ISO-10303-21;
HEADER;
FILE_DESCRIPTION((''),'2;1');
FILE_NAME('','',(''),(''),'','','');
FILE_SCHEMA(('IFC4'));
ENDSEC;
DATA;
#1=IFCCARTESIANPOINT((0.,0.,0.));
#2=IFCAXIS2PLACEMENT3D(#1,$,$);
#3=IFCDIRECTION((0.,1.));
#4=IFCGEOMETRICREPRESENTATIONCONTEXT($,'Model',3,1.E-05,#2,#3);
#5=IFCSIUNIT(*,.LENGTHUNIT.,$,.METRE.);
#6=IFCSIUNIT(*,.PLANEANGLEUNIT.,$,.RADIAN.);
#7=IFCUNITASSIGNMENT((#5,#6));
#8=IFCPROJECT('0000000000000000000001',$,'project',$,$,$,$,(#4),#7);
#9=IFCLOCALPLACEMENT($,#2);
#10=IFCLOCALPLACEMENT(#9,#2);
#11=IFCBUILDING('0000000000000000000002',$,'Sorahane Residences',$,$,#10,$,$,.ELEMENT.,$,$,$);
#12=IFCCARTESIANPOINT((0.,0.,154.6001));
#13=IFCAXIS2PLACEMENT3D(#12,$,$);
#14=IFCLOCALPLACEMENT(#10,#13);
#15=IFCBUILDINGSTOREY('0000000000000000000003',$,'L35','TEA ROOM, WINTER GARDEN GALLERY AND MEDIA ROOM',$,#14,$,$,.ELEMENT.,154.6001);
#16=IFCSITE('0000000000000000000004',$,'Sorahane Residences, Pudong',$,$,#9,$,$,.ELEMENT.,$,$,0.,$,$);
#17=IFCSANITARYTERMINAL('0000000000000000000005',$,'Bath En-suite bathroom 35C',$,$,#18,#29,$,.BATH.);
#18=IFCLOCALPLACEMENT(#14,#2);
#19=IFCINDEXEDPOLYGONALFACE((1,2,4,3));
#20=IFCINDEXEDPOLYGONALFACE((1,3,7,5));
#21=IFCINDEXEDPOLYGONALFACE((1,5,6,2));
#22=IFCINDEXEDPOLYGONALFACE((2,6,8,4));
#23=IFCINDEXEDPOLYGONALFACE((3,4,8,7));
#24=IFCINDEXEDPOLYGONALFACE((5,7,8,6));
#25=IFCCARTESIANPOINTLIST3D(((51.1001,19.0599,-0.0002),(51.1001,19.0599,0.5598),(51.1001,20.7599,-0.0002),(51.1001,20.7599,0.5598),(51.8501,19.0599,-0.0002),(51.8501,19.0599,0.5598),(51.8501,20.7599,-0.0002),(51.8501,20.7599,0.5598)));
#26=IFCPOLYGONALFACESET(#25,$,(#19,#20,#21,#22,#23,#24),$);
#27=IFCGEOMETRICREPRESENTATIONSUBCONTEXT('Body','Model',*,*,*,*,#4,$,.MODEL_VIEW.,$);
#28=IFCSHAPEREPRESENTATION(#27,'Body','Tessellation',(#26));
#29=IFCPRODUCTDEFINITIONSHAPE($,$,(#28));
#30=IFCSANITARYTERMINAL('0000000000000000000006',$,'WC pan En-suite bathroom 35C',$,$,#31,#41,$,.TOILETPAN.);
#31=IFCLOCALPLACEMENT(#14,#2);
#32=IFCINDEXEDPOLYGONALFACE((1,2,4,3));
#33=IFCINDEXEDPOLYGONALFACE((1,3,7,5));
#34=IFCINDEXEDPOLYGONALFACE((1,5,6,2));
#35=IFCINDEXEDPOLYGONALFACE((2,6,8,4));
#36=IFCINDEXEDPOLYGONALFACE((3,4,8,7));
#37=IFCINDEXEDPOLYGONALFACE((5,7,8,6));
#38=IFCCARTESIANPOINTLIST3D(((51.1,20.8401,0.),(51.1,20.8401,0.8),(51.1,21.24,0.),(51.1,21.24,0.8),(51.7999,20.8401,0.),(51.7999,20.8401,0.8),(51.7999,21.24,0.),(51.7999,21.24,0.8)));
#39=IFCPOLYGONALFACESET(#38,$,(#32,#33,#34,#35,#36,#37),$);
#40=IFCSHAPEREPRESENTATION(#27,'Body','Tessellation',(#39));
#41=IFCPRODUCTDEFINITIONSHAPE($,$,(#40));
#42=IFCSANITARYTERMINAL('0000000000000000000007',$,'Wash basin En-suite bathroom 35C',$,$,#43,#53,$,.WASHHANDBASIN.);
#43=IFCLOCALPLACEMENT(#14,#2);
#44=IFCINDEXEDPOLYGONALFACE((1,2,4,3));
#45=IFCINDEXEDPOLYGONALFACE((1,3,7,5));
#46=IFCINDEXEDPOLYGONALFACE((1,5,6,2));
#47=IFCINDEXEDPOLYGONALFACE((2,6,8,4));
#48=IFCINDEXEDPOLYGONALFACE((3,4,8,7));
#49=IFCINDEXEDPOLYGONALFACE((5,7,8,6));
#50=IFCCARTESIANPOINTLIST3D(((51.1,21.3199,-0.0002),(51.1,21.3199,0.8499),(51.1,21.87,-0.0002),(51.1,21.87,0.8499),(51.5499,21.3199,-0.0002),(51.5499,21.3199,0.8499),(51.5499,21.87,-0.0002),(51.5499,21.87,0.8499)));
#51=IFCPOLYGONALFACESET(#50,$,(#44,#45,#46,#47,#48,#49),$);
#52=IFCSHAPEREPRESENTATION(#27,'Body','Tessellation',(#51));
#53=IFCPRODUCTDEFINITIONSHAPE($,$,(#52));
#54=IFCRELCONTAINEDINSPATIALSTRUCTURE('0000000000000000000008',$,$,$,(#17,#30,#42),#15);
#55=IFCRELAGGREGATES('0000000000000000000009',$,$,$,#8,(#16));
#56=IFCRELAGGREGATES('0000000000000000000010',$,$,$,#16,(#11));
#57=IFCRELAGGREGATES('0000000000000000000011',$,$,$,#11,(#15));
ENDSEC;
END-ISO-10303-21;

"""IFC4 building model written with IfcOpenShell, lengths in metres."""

from ifc_helpers import new_model, si_unit, direction, frame, origin, origin_2d, place, context, subcontext, project, spatial, rectangle, extrude, element, save


model = new_model("IFC4")

# Units and contexts
model_context = context("Model", 3, precision=1e-05, world=origin(), true_north=direction((0.0, 1.0)))
body_context = subcontext(model_context, "Body", "Model", "MODEL_VIEW")
ifc_project = project(units=[si_unit("LENGTHUNIT", "METRE"), si_unit("PLANEANGLEUNIT", "RADIAN")], contexts=[model_context])

# Site, building, storey
site_placement = place(None, origin())
site = spatial("IfcSite", under=ifc_project, at=site_placement, Name="Sorahane Residences, Pudong", CompositionType="ELEMENT", RefElevation=0.0)
building_placement = place(site_placement, origin())
building = spatial("IfcBuilding", under=site, at=building_placement, Name="Sorahane Residences", CompositionType="ELEMENT")
storey_placement = place(building_placement, frame((0.0, 0.0, 154.6001)))
storey = spatial("IfcBuildingStorey", under=building, at=storey_placement, Name="L35", Description="TEA ROOM, WINTER GARDEN GALLERY AND MEDIA ROOM", CompositionType="ELEMENT", Elevation=154.6001)

# Sanitary terminals
sanitary_terminal_1_placement = place(storey_placement, frame((51.4751, 19.9099, -0.0002), z_axis=(0.0, 0.0, 1.0), x_axis=(0.0, 1.0, 0.0)))
element("IfcSanitaryTerminal", 1, at=sanitary_terminal_1_placement, inside=storey, Name="Bath En-suite bathroom 35C", PredefinedType="BATH", context=body_context, shape_type="SweptSolid", body=[
    extrude(rectangle(XDim=1.7, YDim=0.75, at=origin_2d()), origin(), (0.0, 0.0, 1.0), 0.5601),
])
sanitary_terminal_2_placement = place(storey_placement, frame((51.45, 21.04, 0.0), z_axis=(0.0, 0.0, 1.0), x_axis=(0.0, 1.0, 0.0)))
element("IfcSanitaryTerminal", 2, at=sanitary_terminal_2_placement, inside=storey, Name="WC pan En-suite bathroom 35C", PredefinedType="TOILETPAN", context=body_context, shape_type="SweptSolid", body=[
    extrude(rectangle(XDim=0.3999, YDim=0.7, at=origin_2d()), origin(), (0.0, 0.0, 1.0), 0.8),
])
sanitary_terminal_3_placement = place(storey_placement, frame((51.325, 21.595, -0.0002), z_axis=(0.0, 0.0, 1.0), x_axis=(0.0, 1.0, 0.0)))
element("IfcSanitaryTerminal", 3, at=sanitary_terminal_3_placement, inside=storey, Name="Wash basin En-suite bathroom 35C", PredefinedType="WASHHANDBASIN", context=body_context, shape_type="SweptSolid", body=[
    extrude(rectangle(XDim=0.55, YDim=0.45, at=origin_2d()), origin(), (0.0, 0.0, 1.0), 0.8501),
])

save(model, "model.ifc")
